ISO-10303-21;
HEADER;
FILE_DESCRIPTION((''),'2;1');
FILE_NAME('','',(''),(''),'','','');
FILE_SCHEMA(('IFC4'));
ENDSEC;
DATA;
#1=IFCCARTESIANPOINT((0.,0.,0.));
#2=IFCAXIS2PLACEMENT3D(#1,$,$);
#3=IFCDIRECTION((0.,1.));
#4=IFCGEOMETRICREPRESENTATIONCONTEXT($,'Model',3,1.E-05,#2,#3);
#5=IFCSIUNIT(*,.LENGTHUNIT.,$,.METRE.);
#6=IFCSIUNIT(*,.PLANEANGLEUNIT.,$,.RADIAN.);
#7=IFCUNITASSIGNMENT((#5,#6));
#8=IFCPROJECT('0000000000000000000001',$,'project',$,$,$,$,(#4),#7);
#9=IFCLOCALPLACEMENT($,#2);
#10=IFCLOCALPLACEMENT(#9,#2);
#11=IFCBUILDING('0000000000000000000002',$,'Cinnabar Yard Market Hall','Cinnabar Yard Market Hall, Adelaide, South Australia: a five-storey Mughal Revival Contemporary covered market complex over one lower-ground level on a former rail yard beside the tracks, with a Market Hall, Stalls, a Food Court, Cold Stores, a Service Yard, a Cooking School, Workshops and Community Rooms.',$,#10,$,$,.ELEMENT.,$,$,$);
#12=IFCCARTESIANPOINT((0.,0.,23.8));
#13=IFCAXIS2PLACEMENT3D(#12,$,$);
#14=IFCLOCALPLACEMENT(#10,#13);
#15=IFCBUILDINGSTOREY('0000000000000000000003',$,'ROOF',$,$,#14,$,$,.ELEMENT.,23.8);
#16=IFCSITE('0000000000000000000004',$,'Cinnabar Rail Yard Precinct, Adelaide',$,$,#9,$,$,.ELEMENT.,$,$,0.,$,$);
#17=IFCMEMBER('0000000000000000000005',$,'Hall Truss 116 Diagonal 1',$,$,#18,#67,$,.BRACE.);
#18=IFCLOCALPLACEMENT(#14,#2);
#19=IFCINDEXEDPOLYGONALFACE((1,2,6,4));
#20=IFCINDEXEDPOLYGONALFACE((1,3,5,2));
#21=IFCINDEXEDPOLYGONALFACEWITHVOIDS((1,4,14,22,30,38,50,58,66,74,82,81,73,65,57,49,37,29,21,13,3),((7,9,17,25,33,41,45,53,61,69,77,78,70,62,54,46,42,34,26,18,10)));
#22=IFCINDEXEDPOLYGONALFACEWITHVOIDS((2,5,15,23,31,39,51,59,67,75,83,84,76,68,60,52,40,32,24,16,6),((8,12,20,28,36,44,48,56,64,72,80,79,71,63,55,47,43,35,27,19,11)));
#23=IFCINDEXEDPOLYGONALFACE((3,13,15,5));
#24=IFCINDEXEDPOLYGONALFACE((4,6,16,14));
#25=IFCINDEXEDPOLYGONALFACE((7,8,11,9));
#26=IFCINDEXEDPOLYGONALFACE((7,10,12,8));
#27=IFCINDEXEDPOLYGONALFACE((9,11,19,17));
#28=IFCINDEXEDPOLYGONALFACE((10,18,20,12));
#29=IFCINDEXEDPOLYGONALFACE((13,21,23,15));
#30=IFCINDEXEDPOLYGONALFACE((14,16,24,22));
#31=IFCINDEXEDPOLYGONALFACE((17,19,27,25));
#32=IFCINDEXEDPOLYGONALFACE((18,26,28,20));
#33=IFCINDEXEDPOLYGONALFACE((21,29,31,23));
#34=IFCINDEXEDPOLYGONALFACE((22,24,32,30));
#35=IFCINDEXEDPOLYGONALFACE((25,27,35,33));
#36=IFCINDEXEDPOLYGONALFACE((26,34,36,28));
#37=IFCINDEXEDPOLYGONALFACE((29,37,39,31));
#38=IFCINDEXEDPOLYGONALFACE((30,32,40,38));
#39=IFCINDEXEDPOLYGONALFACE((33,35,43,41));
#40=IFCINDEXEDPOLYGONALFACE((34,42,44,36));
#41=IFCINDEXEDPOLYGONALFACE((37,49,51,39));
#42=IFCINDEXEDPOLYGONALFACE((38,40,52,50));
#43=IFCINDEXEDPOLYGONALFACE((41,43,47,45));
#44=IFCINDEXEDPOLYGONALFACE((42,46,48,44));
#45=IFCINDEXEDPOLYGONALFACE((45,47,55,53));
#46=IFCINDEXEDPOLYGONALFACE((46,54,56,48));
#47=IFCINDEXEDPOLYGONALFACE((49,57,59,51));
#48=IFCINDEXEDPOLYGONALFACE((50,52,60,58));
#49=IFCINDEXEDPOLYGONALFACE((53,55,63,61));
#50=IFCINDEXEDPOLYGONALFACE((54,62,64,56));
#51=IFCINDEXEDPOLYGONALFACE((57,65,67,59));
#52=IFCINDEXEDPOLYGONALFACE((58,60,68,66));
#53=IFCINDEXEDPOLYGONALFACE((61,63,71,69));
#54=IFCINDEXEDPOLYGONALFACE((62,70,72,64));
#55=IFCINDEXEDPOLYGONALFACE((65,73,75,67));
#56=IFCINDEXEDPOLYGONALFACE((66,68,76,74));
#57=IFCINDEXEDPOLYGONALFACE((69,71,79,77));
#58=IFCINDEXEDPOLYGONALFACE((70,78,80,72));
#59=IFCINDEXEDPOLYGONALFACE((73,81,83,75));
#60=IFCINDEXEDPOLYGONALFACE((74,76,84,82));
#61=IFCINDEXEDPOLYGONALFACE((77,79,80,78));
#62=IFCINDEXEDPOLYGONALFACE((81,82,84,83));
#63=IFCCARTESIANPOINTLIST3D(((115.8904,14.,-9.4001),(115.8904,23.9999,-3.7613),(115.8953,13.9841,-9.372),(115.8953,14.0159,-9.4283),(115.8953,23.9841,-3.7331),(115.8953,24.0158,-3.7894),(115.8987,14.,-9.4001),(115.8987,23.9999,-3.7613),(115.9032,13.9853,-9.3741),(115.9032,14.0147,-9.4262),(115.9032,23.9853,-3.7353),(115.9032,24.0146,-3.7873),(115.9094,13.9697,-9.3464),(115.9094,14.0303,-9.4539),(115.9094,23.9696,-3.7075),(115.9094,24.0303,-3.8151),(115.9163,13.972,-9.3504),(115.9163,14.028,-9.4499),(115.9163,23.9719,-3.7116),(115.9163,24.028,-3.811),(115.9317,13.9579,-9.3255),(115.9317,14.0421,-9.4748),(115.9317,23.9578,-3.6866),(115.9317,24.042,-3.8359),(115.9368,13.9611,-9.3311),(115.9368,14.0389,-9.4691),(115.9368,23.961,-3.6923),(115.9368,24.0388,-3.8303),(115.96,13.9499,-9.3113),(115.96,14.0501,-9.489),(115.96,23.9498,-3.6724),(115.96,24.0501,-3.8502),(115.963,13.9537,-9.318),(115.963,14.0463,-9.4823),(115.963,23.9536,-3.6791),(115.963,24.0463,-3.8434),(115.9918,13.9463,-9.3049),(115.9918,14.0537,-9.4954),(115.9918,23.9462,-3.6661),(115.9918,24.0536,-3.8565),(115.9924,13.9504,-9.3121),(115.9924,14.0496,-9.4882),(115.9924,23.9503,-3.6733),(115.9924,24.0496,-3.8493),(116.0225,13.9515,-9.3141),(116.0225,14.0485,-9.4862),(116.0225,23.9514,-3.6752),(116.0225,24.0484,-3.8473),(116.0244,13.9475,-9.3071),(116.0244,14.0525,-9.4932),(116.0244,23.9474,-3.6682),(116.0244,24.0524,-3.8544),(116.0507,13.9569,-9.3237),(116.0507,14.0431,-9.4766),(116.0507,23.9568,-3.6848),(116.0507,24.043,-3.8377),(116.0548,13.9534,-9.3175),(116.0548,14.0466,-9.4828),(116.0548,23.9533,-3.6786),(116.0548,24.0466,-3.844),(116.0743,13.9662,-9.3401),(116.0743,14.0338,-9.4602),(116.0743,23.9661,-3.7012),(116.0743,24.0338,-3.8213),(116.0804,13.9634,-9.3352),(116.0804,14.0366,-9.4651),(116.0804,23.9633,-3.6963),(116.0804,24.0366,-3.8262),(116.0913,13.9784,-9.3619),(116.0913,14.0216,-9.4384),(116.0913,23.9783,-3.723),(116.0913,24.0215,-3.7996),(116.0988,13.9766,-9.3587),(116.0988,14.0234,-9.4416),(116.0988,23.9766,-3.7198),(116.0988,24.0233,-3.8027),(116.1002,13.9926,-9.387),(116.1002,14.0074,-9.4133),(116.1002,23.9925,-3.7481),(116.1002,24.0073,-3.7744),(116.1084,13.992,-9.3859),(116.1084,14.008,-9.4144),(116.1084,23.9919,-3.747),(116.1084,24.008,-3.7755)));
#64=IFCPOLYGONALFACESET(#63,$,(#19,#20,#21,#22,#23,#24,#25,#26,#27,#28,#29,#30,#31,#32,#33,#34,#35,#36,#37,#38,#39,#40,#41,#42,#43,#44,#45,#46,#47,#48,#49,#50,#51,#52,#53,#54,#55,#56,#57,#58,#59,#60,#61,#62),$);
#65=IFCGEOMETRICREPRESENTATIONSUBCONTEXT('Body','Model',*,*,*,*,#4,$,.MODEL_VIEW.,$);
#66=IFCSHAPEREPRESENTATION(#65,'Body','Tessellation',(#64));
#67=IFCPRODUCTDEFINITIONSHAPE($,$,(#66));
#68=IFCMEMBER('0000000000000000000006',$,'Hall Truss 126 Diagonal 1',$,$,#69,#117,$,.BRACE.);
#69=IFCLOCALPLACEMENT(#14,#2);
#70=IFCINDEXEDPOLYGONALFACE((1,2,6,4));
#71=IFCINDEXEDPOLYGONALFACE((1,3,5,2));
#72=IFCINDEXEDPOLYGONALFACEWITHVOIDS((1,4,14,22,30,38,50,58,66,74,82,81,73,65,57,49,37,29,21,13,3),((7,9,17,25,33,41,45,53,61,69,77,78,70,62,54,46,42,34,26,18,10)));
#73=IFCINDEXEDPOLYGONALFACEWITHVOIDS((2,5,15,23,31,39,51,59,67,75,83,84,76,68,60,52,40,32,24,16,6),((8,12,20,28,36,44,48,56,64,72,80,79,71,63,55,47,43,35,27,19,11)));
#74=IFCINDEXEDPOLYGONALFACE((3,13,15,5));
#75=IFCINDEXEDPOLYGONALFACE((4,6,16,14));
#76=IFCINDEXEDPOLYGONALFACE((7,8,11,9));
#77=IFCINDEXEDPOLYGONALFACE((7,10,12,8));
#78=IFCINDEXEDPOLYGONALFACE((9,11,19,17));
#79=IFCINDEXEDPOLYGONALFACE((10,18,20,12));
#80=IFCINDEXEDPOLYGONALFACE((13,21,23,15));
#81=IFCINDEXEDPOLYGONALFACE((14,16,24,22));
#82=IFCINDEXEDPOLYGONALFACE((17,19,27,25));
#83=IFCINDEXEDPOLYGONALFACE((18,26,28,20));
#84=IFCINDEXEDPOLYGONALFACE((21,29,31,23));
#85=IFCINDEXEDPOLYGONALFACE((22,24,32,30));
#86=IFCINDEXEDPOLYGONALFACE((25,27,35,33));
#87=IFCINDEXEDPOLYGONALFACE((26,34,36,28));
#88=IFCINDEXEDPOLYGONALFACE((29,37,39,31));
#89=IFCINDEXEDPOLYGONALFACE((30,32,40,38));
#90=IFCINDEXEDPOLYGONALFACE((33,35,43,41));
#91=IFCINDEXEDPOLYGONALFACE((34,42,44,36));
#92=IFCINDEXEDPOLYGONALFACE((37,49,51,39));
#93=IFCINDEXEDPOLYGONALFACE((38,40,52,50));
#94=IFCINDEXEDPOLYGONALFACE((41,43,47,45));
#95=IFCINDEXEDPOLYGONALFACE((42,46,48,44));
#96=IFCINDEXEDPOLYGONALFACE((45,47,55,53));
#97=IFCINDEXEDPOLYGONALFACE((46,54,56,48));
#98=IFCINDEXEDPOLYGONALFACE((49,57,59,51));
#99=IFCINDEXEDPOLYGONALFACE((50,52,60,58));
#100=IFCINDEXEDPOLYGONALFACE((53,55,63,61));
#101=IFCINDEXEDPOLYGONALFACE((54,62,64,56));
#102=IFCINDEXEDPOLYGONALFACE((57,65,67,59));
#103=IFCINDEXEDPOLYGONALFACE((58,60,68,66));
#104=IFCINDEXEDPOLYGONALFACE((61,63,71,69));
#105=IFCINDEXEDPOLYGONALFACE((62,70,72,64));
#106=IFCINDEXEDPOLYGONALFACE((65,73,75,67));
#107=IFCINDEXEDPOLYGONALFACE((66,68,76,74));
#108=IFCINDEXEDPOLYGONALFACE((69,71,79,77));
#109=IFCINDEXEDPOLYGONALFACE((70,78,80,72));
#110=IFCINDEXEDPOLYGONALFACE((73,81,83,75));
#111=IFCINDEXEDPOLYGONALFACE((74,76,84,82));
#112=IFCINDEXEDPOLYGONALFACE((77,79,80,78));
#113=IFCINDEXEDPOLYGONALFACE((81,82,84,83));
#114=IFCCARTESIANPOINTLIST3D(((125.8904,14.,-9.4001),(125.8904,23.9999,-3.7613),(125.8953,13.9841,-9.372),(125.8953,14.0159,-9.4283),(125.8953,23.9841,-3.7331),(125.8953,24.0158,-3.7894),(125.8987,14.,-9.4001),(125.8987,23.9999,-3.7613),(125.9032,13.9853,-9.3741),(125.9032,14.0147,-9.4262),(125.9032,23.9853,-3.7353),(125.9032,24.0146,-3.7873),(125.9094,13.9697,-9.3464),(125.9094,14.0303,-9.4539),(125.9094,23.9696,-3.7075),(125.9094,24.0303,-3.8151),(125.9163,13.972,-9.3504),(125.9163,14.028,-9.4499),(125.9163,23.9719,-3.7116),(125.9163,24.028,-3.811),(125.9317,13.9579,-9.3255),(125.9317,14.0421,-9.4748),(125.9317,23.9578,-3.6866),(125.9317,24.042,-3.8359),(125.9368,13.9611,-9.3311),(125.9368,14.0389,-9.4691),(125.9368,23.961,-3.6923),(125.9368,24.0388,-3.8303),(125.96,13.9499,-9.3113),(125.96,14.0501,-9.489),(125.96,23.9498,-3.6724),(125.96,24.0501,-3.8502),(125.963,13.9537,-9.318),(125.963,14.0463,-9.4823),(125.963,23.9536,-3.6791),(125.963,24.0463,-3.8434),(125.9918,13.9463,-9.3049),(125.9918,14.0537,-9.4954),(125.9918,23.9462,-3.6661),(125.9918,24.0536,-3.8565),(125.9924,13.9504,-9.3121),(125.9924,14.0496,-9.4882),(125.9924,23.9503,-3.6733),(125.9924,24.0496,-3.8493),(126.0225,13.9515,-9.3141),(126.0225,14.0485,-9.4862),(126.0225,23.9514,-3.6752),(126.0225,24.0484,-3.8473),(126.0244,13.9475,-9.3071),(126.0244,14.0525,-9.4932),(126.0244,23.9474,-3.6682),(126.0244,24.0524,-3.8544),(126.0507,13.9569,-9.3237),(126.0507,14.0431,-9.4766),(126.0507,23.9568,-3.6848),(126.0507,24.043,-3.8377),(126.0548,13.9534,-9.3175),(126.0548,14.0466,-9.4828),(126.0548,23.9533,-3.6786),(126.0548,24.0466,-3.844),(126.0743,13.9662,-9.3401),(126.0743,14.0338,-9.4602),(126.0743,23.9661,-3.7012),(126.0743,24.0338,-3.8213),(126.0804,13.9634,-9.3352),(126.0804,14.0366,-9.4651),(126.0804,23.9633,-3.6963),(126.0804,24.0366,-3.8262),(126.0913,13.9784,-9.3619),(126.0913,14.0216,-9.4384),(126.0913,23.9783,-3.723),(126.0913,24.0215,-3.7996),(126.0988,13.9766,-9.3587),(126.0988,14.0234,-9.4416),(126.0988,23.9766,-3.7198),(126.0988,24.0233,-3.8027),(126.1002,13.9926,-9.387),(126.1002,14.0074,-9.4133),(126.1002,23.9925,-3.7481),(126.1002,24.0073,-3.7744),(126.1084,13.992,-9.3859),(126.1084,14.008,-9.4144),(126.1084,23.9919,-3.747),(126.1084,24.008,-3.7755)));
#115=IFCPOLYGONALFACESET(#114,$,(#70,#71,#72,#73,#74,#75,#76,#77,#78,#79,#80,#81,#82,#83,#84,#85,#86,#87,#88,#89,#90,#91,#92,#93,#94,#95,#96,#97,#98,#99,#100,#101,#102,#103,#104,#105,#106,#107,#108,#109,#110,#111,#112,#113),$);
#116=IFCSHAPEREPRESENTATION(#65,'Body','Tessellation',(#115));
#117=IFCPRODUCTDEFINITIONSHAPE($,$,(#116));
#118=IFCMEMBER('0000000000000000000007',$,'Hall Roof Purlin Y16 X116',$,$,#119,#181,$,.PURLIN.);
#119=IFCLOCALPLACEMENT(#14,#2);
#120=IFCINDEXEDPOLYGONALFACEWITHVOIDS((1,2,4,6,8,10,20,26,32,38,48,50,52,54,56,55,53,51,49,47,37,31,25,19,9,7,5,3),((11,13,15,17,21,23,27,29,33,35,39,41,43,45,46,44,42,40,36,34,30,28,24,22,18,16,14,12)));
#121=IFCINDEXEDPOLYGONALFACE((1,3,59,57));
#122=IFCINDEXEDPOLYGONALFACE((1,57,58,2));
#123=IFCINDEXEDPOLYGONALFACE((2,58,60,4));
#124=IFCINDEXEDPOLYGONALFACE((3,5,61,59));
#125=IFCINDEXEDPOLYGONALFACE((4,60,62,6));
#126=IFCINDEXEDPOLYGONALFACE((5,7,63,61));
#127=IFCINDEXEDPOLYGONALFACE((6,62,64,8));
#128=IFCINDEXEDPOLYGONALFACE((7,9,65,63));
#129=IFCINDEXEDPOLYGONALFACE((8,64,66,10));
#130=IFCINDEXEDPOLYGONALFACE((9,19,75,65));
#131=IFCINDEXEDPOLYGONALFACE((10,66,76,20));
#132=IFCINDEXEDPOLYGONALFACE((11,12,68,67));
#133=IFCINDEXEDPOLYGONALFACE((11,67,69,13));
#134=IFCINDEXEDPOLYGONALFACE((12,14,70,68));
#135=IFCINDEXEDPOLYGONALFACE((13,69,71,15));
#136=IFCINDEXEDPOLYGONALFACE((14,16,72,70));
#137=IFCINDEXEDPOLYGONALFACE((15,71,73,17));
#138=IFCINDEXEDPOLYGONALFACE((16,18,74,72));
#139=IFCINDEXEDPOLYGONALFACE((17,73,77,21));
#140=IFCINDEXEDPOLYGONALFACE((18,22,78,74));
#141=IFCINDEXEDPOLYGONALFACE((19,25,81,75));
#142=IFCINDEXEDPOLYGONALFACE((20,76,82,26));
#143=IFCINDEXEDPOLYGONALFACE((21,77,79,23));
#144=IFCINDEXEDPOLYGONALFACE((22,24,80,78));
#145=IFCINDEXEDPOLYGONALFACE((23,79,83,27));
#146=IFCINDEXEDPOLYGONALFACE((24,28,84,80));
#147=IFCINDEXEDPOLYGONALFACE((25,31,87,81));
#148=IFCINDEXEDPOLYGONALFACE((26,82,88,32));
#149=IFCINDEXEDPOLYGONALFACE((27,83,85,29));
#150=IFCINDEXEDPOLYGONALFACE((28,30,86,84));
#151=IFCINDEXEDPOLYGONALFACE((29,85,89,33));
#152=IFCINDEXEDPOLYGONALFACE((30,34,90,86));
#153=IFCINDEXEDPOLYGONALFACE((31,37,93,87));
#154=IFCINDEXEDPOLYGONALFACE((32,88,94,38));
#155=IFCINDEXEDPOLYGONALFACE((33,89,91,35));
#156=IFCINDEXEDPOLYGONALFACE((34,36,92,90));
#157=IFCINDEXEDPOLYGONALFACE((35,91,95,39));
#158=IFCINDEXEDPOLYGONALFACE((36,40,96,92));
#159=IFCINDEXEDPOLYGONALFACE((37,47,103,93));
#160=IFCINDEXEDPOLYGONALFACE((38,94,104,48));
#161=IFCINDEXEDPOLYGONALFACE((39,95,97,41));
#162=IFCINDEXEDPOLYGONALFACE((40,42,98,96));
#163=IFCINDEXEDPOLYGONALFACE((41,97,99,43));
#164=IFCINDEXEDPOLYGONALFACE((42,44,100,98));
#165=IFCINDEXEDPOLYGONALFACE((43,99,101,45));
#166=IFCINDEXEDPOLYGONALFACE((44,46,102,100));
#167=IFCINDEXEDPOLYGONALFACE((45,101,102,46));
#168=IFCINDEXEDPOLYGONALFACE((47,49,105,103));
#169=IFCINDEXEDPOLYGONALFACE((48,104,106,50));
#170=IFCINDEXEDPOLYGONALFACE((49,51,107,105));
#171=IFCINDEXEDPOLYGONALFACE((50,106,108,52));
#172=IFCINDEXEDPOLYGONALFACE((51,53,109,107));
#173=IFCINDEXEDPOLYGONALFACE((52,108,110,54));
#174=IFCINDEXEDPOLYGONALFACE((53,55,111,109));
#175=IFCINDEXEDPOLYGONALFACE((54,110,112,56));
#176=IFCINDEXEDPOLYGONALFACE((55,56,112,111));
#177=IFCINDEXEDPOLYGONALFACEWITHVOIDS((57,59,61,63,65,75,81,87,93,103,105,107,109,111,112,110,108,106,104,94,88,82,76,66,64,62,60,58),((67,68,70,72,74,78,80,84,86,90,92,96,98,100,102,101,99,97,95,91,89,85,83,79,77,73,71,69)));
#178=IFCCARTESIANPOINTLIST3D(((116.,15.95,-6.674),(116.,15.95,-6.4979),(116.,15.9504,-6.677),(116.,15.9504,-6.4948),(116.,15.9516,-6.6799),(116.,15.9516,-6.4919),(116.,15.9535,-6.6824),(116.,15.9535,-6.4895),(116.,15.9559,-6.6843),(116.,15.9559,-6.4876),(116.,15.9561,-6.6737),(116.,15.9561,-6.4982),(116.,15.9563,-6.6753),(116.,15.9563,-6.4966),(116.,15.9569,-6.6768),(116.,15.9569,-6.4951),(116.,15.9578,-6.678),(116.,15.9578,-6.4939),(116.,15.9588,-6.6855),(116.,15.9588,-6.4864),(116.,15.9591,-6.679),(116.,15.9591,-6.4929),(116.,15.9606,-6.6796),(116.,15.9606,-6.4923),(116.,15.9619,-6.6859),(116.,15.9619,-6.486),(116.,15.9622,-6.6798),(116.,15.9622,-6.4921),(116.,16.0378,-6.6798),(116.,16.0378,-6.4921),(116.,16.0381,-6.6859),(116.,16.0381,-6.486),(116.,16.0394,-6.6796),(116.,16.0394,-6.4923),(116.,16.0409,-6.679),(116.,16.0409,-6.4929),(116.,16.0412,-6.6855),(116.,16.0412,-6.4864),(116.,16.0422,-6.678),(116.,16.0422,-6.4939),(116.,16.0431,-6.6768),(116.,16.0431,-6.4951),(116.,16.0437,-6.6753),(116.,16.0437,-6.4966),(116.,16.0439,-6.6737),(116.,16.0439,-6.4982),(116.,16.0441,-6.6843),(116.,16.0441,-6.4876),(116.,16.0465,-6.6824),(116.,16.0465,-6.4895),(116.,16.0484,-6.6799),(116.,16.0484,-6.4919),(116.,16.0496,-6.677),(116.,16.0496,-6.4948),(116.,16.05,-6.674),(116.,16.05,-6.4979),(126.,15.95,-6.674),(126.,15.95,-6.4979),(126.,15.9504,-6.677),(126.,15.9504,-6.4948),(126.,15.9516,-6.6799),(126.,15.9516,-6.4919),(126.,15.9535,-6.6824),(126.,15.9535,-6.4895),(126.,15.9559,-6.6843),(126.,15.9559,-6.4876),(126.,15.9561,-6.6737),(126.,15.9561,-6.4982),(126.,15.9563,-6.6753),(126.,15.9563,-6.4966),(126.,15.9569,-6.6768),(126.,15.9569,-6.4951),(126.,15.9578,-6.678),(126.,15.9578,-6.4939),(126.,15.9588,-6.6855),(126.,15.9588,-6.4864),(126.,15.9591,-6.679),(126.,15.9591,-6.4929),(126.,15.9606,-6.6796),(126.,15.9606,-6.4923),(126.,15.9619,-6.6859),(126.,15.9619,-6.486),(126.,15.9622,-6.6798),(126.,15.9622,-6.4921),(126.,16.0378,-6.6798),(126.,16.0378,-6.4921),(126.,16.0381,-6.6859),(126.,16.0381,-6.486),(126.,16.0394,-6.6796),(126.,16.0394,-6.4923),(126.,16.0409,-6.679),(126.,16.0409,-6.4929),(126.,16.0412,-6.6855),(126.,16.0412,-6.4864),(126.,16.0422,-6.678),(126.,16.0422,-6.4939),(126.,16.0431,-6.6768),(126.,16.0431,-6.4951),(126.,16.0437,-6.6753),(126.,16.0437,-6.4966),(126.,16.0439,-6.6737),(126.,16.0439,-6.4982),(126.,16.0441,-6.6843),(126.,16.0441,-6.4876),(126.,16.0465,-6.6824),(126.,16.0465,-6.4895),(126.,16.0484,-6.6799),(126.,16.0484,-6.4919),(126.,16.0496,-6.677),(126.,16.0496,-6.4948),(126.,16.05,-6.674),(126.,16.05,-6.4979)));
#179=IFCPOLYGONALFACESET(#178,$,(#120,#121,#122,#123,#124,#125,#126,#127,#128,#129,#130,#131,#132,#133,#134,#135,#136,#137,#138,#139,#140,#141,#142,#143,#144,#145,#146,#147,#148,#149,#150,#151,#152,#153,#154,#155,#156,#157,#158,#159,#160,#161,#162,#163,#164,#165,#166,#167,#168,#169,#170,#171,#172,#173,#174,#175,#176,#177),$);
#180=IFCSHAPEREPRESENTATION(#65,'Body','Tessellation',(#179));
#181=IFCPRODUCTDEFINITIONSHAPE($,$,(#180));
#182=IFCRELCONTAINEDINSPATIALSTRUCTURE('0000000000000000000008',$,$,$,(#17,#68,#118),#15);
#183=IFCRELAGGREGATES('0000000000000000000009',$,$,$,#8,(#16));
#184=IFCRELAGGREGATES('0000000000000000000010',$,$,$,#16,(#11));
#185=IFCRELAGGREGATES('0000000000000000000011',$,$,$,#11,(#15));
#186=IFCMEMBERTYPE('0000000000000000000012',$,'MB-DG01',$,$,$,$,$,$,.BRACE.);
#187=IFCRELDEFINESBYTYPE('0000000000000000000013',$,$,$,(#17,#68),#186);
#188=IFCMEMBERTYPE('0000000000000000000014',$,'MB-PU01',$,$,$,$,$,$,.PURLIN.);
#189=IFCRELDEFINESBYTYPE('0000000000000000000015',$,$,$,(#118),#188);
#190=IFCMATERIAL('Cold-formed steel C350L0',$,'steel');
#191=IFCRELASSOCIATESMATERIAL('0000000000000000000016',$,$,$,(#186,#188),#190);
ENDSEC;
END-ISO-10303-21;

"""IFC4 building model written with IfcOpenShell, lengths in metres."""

from ifc_helpers import new_model, si_unit, direction, frame, origin, origin_2d_with_axis, place, context, subcontext, project, spatial, hollow_rectangle, hollow_circle, extrude, material, material_profile, profile_set, type_object, element, save


model = new_model("IFC4")

# Units and contexts
model_context = context("Model", 3, precision=1e-05, world=origin(), true_north=direction((0.0, 1.0)))
body_context = subcontext(model_context, "Body", "Model", "MODEL_VIEW")
ifc_project = project(units=[si_unit("LENGTHUNIT", "METRE"), si_unit("PLANEANGLEUNIT", "RADIAN")], contexts=[model_context])

# Site, building, storey
site_placement = place(None, origin())
site = spatial("IfcSite", under=ifc_project, at=site_placement, Name="Cinnabar Rail Yard Precinct, Adelaide", CompositionType="ELEMENT", RefElevation=0.0)
building_placement = place(site_placement, origin())
building = spatial("IfcBuilding", under=site, at=building_placement, Name="Cinnabar Yard Market Hall", Description="Cinnabar Yard Market Hall, Adelaide, South Australia: a five-storey Mughal Revival Contemporary covered market complex over one lower-ground level on a former rail yard beside the tracks, with a Market Hall, Stalls, a Food Court, Cold Stores, a Service Yard, a Cooking School, Workshops and Community Rooms.", CompositionType="ELEMENT")
storey_placement = place(building_placement, frame((0.0, 0.0, 23.8)))
storey = spatial("IfcBuildingStorey", under=building, at=storey_placement, Name="ROOF", CompositionType="ELEMENT", Elevation=23.8)

# Shared definitions
ifc_material_1 = material(Name="Cold-formed steel C350L0", Category="steel")

# Members
ifc_material_profile_1 = material_profile(ifc_material_1, hollow_circle(Radius=0.1096, WallThickness=0.0083, at=origin_2d_with_axis()), Name="219.1x8.2CHS")
ifc_profile_set_1 = profile_set([ifc_material_profile_1], Name="Cold-formed steel C350L0")
member_type_1 = type_object("IfcMemberType", Name="MB-DG01", PredefinedType="BRACE", material=ifc_profile_set_1)
for number, where, z_axis, x_axis, name in (
    (1, (116.0, 14.0, -9.4001), (0.0, 0.871057, 0.491182), (-1.0, 0.0, 0.0), "Hall Truss 116 Diagonal 1"),
    (2, (126.0, 14.0, -9.4001), (0.0, 0.871057, 0.491182), (-1.0, 0.0, 0.0), "Hall Truss 126 Diagonal 1"),
):
    element("IfcMember", number, at=place(storey_placement, frame(where, z_axis=z_axis, x_axis=x_axis)), inside=storey, type_object=member_type_1, Name=name, PredefinedType="BRACE", context=body_context, shape_type="SweptSolid", body=[
        extrude(hollow_circle(Radius=0.1096, WallThickness=0.0083, at=origin_2d_with_axis()), origin(), (0.0, 0.0, 1.0), 11.4802),
    ])
ifc_material_profile_2 = material_profile(ifc_material_1, hollow_rectangle(XDim=0.1001, YDim=0.2, WallThickness=0.0061, InnerFilletRadius=0.0061, OuterFilletRadius=0.012, at=origin_2d_with_axis()), Name="200x100x6.0RHS")
ifc_profile_set_2 = profile_set([ifc_material_profile_2], Name="Cold-formed steel C350L0")
member_type_2 = type_object("IfcMemberType", Name="MB-PU01", PredefinedType="PURLIN", material=ifc_profile_set_2)
for number, where, z_axis, x_axis, name in (
    (3, (116.0, 16.0, -6.5859), (1.0, 0.0, 0.0), (0.0, 1.0, 0.0), "Hall Roof Purlin Y16 X116"),
):
    element("IfcMember", number, at=place(storey_placement, frame(where, z_axis=z_axis, x_axis=x_axis)), inside=storey, type_object=member_type_2, Name=name, PredefinedType="PURLIN", context=body_context, shape_type="SweptSolid", body=[
        extrude(hollow_rectangle(XDim=0.1001, YDim=0.2, WallThickness=0.0061, InnerFilletRadius=0.0061, OuterFilletRadius=0.012, at=origin_2d_with_axis()), origin(), (0.0, 0.0, 1.0), 10.0),
    ])

save(model, "model.ifc")
